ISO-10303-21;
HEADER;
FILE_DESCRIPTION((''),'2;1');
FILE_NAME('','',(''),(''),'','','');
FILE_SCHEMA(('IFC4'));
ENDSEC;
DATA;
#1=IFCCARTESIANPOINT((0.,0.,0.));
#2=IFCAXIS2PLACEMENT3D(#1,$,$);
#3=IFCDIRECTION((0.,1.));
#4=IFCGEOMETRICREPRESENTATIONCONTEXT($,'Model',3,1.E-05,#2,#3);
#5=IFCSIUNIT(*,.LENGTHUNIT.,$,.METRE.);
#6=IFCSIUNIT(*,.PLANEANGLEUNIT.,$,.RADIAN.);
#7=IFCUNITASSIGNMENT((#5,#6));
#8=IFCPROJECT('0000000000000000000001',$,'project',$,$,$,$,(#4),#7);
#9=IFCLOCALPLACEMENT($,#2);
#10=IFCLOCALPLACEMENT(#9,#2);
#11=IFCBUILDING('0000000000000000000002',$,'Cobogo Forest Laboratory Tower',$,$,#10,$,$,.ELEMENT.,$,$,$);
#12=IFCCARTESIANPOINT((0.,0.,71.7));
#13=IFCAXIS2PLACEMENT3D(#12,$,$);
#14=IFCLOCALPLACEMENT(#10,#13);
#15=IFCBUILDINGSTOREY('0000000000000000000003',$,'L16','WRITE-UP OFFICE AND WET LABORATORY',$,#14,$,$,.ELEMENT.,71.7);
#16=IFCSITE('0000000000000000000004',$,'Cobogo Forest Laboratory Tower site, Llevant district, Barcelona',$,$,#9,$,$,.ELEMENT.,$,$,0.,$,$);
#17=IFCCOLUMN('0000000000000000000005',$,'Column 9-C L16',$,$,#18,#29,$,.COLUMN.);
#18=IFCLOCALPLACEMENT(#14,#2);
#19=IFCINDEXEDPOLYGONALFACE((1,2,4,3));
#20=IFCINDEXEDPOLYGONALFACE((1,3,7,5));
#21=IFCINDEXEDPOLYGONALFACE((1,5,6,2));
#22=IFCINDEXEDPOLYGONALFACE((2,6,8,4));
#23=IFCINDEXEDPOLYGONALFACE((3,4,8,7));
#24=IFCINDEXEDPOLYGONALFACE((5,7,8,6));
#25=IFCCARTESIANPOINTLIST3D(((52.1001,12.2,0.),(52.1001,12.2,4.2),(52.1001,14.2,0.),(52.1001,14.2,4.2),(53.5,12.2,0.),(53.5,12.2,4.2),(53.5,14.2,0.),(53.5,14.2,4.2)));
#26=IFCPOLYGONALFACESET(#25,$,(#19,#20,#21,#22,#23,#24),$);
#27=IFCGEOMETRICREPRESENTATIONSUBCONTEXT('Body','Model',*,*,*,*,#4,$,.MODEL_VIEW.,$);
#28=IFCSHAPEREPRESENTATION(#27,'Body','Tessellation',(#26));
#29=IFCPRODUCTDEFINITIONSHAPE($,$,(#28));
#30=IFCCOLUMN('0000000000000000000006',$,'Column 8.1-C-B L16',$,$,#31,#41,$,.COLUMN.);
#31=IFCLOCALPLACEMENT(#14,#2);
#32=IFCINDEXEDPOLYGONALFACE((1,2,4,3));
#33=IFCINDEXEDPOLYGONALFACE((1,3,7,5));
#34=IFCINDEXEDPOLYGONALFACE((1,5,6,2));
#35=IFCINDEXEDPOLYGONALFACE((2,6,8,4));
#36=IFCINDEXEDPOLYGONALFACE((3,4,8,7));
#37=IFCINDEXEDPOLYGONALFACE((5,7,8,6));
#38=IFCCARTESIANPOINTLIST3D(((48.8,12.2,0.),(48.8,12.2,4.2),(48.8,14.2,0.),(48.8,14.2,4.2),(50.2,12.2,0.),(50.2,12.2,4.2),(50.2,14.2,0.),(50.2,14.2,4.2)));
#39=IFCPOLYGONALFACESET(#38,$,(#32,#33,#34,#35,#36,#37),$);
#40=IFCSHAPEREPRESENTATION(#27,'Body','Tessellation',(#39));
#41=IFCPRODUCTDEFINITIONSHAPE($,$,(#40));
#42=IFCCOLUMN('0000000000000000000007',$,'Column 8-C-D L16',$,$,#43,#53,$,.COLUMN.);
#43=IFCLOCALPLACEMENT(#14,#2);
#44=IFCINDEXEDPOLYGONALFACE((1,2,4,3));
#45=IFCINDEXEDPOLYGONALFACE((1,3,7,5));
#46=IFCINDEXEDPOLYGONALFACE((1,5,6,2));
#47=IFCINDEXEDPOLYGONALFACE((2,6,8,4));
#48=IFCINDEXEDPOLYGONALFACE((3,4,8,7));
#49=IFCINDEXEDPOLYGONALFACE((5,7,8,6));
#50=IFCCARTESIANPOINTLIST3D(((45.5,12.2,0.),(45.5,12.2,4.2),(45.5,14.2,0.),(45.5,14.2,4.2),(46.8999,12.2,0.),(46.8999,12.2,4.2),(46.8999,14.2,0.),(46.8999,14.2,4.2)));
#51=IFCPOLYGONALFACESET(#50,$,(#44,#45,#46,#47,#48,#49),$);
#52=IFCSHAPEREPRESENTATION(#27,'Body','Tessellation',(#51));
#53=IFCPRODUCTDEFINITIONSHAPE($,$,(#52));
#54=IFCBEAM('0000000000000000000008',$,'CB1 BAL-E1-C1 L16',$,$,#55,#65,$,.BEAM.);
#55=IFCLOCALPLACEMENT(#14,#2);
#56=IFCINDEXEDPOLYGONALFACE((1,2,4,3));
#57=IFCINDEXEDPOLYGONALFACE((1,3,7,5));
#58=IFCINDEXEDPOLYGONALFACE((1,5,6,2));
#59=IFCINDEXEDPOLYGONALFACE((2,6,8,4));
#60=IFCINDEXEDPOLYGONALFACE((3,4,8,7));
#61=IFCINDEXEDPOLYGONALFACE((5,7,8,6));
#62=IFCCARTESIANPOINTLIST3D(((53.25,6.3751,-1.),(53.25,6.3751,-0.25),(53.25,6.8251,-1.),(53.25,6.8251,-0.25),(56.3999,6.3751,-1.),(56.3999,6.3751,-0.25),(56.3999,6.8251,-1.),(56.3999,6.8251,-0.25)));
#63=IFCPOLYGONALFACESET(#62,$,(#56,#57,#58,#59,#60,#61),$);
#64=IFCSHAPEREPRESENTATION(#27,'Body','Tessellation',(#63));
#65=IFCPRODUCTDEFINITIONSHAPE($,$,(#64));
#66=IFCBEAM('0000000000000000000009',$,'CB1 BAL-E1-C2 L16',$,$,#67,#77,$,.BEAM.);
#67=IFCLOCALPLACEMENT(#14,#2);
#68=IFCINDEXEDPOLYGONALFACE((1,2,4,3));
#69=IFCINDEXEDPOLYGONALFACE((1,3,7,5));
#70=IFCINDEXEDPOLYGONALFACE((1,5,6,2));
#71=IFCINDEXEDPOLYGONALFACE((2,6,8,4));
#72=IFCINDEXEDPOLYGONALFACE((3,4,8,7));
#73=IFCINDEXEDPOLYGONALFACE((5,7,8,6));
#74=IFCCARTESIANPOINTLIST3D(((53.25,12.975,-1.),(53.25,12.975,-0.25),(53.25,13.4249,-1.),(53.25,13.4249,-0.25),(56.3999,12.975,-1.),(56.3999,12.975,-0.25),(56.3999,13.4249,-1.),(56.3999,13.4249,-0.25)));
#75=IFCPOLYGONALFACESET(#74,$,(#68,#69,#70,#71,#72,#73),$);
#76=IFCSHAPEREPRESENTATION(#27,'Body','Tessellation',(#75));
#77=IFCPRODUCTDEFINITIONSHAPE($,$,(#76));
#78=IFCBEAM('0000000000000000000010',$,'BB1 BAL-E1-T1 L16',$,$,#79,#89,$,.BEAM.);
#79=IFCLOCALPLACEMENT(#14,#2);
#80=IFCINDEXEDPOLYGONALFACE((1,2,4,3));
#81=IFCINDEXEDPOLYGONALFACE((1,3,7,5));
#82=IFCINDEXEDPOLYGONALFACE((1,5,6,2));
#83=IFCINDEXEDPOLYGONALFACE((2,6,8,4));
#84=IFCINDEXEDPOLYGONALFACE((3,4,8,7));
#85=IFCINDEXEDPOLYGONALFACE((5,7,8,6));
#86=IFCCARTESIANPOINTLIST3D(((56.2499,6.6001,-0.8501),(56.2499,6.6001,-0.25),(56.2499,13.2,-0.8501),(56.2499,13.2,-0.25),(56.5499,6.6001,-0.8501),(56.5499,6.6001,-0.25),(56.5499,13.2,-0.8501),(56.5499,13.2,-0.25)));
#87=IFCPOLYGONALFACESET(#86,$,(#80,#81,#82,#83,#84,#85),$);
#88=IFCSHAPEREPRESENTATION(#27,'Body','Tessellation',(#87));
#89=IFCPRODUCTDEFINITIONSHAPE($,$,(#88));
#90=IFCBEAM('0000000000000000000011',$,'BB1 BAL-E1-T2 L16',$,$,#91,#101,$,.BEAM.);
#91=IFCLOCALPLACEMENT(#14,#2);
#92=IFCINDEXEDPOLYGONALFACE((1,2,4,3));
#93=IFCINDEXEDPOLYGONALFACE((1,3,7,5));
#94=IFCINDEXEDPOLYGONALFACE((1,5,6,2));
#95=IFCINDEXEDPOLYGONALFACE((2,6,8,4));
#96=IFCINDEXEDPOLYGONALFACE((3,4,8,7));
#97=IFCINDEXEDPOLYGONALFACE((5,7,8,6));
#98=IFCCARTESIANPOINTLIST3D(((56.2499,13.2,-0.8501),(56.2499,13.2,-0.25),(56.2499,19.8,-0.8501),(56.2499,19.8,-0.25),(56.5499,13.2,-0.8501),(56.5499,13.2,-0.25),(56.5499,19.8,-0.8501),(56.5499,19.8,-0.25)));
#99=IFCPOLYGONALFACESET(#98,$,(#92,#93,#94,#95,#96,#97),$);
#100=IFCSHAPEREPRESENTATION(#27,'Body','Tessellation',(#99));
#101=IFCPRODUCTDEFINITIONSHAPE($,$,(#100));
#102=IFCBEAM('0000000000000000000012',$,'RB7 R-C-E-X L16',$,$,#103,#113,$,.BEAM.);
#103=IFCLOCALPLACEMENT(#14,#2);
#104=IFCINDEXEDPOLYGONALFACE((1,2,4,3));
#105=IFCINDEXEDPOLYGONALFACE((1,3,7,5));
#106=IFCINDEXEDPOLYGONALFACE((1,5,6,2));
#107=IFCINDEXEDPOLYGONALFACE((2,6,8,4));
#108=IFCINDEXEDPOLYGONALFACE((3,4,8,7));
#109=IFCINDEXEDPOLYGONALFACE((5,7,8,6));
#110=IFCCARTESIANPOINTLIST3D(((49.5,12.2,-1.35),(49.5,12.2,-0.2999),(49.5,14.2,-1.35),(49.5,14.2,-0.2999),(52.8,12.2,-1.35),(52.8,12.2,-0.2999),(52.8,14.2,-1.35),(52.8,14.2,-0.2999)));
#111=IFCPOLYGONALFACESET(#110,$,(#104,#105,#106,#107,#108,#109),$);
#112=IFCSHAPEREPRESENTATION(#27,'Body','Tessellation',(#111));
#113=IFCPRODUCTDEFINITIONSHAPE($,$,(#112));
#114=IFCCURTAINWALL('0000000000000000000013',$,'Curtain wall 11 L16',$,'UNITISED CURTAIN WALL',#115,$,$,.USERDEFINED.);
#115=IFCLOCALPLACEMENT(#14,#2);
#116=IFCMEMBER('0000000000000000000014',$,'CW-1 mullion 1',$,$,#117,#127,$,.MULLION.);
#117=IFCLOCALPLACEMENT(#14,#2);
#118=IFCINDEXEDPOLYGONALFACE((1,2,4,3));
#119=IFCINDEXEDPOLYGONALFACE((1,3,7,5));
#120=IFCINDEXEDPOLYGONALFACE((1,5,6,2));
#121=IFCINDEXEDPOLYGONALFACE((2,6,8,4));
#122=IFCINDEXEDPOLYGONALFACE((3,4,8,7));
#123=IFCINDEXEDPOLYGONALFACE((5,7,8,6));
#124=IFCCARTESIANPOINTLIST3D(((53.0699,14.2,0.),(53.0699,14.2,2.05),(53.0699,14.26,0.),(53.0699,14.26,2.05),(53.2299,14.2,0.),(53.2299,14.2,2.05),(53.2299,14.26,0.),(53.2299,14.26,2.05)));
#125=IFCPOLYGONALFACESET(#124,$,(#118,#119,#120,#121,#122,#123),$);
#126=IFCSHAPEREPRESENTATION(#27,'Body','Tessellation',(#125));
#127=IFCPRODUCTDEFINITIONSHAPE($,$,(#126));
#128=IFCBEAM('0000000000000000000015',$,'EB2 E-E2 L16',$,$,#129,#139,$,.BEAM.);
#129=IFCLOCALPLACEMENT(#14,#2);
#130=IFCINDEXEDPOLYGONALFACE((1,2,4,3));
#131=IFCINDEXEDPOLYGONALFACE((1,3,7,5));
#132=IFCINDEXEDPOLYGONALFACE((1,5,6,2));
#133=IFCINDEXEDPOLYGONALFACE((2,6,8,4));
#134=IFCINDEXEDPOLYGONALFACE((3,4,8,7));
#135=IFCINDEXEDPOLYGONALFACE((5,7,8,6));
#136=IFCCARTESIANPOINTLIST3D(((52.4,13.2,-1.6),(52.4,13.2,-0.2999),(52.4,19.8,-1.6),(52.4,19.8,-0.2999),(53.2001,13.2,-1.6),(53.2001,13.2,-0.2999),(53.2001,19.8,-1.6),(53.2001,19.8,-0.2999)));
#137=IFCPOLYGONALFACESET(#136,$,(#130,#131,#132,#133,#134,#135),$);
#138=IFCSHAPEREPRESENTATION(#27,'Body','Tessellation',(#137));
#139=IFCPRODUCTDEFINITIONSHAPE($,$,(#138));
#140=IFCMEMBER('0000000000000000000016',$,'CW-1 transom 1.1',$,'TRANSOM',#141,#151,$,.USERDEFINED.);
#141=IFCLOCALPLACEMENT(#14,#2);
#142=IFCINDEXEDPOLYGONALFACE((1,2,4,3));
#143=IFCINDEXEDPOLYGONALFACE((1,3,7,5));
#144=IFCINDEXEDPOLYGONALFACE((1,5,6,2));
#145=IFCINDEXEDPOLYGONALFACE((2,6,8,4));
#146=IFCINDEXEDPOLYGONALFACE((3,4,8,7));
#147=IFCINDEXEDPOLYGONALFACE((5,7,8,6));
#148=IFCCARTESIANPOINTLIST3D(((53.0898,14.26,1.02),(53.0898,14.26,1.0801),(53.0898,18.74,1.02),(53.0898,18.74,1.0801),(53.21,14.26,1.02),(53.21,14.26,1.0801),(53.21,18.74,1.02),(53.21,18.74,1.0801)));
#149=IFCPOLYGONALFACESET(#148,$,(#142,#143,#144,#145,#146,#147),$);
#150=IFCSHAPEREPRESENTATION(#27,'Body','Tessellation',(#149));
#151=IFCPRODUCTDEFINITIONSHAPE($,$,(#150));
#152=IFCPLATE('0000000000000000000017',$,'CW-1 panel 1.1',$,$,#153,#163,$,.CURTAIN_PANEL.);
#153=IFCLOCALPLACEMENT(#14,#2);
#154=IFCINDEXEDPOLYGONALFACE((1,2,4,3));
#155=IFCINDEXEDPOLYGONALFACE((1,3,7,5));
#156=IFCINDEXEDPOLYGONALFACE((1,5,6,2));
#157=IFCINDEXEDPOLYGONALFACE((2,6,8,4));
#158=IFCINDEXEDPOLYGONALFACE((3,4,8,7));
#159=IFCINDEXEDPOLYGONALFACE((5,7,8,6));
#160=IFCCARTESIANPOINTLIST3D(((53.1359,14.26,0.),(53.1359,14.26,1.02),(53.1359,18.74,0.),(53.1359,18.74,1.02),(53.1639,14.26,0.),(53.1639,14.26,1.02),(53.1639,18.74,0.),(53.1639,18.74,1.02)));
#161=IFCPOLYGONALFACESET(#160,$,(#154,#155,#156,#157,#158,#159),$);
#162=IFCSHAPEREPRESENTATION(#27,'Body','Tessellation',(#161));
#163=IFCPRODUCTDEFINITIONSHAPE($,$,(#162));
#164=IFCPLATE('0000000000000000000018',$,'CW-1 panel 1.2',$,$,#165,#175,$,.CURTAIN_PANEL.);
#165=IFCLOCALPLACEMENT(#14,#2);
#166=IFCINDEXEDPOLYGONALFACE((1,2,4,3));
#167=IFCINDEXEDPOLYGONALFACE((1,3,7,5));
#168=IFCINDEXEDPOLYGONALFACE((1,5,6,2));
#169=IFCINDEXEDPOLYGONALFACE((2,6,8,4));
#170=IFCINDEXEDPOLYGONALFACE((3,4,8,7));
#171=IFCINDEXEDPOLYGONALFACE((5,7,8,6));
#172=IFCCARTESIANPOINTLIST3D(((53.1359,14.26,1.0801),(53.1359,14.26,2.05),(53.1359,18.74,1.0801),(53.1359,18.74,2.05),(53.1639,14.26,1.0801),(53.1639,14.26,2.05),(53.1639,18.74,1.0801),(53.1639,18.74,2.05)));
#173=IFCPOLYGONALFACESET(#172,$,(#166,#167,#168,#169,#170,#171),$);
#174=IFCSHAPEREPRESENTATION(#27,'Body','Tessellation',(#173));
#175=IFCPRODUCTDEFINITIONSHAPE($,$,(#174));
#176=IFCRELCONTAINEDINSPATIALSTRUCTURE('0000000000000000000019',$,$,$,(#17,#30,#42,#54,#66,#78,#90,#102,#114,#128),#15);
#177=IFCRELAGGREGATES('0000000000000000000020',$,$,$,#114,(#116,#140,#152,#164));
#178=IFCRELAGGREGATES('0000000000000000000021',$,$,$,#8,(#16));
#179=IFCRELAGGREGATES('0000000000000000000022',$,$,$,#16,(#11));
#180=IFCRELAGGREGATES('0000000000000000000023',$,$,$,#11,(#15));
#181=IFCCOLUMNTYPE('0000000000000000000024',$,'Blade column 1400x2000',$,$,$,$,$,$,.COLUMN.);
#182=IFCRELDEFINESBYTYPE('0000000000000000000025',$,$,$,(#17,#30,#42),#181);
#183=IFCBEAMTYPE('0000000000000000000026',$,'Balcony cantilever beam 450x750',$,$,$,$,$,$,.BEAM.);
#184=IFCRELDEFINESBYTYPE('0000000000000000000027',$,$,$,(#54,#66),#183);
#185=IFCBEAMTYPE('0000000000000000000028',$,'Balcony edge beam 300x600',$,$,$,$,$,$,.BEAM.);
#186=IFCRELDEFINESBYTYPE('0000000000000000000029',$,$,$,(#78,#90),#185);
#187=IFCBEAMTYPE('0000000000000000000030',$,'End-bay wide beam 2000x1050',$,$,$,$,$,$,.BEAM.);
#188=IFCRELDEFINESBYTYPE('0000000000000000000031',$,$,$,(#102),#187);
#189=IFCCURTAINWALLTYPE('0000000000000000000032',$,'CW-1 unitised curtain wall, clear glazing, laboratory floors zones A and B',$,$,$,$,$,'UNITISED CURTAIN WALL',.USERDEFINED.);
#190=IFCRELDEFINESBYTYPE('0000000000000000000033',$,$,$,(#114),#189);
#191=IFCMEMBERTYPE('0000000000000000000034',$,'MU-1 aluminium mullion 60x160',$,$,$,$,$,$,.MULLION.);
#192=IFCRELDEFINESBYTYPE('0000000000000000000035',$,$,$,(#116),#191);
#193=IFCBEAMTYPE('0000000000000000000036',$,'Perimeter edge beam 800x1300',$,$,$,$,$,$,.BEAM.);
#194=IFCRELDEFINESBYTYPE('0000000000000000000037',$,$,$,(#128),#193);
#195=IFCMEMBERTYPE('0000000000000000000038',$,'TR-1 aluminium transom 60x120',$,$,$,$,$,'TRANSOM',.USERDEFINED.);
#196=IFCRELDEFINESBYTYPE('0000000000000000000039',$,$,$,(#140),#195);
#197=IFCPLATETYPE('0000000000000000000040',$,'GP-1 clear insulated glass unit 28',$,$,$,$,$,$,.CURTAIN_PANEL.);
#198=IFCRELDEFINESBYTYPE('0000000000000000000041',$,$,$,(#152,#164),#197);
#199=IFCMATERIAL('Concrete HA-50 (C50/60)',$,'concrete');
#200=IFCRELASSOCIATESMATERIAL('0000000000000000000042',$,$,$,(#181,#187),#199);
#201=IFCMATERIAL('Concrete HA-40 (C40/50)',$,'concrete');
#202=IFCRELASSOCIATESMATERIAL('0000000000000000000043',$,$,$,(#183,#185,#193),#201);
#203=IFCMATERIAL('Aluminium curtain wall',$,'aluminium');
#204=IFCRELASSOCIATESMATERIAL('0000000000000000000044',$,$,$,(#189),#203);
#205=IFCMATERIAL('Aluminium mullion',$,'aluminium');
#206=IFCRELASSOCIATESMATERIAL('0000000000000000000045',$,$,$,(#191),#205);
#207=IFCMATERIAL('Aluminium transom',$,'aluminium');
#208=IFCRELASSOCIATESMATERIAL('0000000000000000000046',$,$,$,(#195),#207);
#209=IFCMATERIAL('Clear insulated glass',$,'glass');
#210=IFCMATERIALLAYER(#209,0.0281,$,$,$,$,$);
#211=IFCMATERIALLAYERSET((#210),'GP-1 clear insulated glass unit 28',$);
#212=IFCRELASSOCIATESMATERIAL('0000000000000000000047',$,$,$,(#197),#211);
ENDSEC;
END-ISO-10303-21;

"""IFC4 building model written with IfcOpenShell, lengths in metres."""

from ifc_helpers import new_model, si_unit, direction, frame, origin, origin_2d, place, context, subcontext, project, spatial, rectangle, extrude, material, layer, layer_set, material_profile, profile_set, type_object, element, aggregate, save


model = new_model("IFC4")

# Units and contexts
model_context = context("Model", 3, precision=1e-05, world=origin(), true_north=direction((0.0, 1.0)))
body_context = subcontext(model_context, "Body", "Model", "MODEL_VIEW")
ifc_project = project(units=[si_unit("LENGTHUNIT", "METRE"), si_unit("PLANEANGLEUNIT", "RADIAN")], contexts=[model_context])

# Site, building, storey
site_placement = place(None, origin())
site = spatial("IfcSite", under=ifc_project, at=site_placement, Name="Cobogo Forest Laboratory Tower site, Llevant district, Barcelona", CompositionType="ELEMENT", RefElevation=0.0)
building_placement = place(site_placement, origin())
building = spatial("IfcBuilding", under=site, at=building_placement, Name="Cobogo Forest Laboratory Tower", CompositionType="ELEMENT")
storey_placement = place(building_placement, frame((0.0, 0.0, 71.7)))
storey = spatial("IfcBuildingStorey", under=building, at=storey_placement, Name="L16", Description="WRITE-UP OFFICE AND WET LABORATORY", CompositionType="ELEMENT", Elevation=71.7)

# Columns
ifc_material_1 = material(Name="Concrete HA-50 (C50/60)", Category="concrete")
ifc_material_profile_1 = material_profile(ifc_material_1, rectangle(XDim=2.0, YDim=1.3999, at=origin_2d()), Name="RC 1400x2000")
ifc_profile_set_1 = profile_set([ifc_material_profile_1], Name="Concrete HA-50 (C50/60)")
column_type = type_object("IfcColumnType", Name="Blade column 1400x2000", PredefinedType="COLUMN", material=ifc_profile_set_1)
for number, where, z_axis, x_axis, name in (
    (1, (52.8, 13.2, 0.0), (0.0, 0.0, 1.0), (0.0, 1.0, 0.0), "Column 9-C L16"),
    (2, (49.5, 13.2, 0.0), (0.0, 0.0, 1.0), (0.0, 1.0, 0.0), "Column 8.1-C-B L16"),
    (3, (46.2, 13.2, 0.0), (0.0, 0.0, 1.0), (0.0, 1.0, 0.0), "Column 8-C-D L16"),
):
    element("IfcColumn", number, at=place(storey_placement, frame(where, z_axis=z_axis, x_axis=x_axis)), inside=storey, type_object=column_type, Name=name, PredefinedType="COLUMN", context=body_context, shape_type="SweptSolid", body=[
        extrude(rectangle(XDim=2.0, YDim=1.3999, at=origin_2d()), origin(), (0.0, 0.0, 1.0), 4.2),
    ])

# Beams
ifc_material_2 = material(Name="Concrete HA-40 (C40/50)", Category="concrete")
ifc_material_profile_2 = material_profile(ifc_material_2, rectangle(XDim=0.45, YDim=0.75, at=origin_2d()), Name="RC 450x750")
ifc_profile_set_2 = profile_set([ifc_material_profile_2], Name="Concrete HA-40 (C40/50)")
beam_type_1 = type_object("IfcBeamType", Name="Balcony cantilever beam 450x750", PredefinedType="BEAM", material=ifc_profile_set_2)
for number, where, z_axis, x_axis, name in (
    (4, (53.25, 6.6001, -0.625), (1.0, 0.0, 0.0), (0.0, 1.0, 0.0), "CB1 BAL-E1-C1 L16"),
    (5, (53.25, 13.2, -0.625), (1.0, 0.0, 0.0), (0.0, 1.0, 0.0), "CB1 BAL-E1-C2 L16"),
):
    element("IfcBeam", number, at=place(storey_placement, frame(where, z_axis=z_axis, x_axis=x_axis)), inside=storey, type_object=beam_type_1, Name=name, PredefinedType="BEAM", context=body_context, shape_type="SweptSolid", body=[
        extrude(rectangle(XDim=0.45, YDim=0.75, at=origin_2d()), origin(), (0.0, 0.0, 1.0), 3.1499),
    ])
ifc_material_profile_3 = material_profile(ifc_material_2, rectangle(XDim=0.3, YDim=0.6001, at=origin_2d()), Name="RC 300x600")
ifc_profile_set_3 = profile_set([ifc_material_profile_3], Name="Concrete HA-40 (C40/50)")
beam_type_2 = type_object("IfcBeamType", Name="Balcony edge beam 300x600", PredefinedType="BEAM", material=ifc_profile_set_3)
beam_1_placement = place(storey_placement, frame((56.3999, 6.6001, -0.55), z_axis=(0.0, 1.0, 0.0), x_axis=(-1.0, 0.0, 0.0)))
element("IfcBeam", 6, at=beam_1_placement, inside=storey, type_object=beam_type_2, Name="BB1 BAL-E1-T1 L16", PredefinedType="BEAM", context=body_context, shape_type="SweptSolid", body=[
    extrude(rectangle(XDim=0.3, YDim=0.6001, at=origin_2d()), origin(), (0.0, 0.0, 1.0), 6.5999),
])
beam_2_placement = place(storey_placement, frame((56.3999, 13.2, -0.55), z_axis=(0.0, 1.0, 0.0), x_axis=(-1.0, 0.0, 0.0)))
element("IfcBeam", 7, at=beam_2_placement, inside=storey, type_object=beam_type_2, Name="BB1 BAL-E1-T2 L16", PredefinedType="BEAM", context=body_context, shape_type="SweptSolid", body=[
    extrude(rectangle(XDim=0.3, YDim=0.6001, at=origin_2d()), origin(), (0.0, 0.0, 1.0), 6.6001),
])
ifc_material_profile_4 = material_profile(ifc_material_1, rectangle(XDim=2.0, YDim=1.05, at=origin_2d()), Name="RC 2000x1050")
ifc_profile_set_4 = profile_set([ifc_material_profile_4], Name="Concrete HA-50 (C50/60)")
beam_type_3 = type_object("IfcBeamType", Name="End-bay wide beam 2000x1050", PredefinedType="BEAM", material=ifc_profile_set_4)
beam_3_placement = place(storey_placement, frame((52.8, 13.2, -0.825), z_axis=(-1.0, 0.0, 0.0), x_axis=(0.0, -1.0, 0.0)))
element("IfcBeam", 8, at=beam_3_placement, inside=storey, type_object=beam_type_3, Name="RB7 R-C-E-X L16", PredefinedType="BEAM", context=body_context, shape_type="SweptSolid", body=[
    extrude(rectangle(XDim=2.0, YDim=1.05, at=origin_2d()), origin(), (0.0, 0.0, 1.0), 3.3),
])

# Curtain wall, member
ifc_material_3 = material(Name="Aluminium curtain wall", Category="aluminium")
curtain_wall_type = type_object("IfcCurtainWallType", Name="CW-1 unitised curtain wall, clear glazing, laboratory floors zones A and B", ElementType="UNITISED CURTAIN WALL", PredefinedType="USERDEFINED", material=ifc_material_3)
curtain_wall_placement = place(storey_placement, origin())
curtain_wall = element("IfcCurtainWall", 9, at=curtain_wall_placement, inside=storey, type_object=curtain_wall_type, Name="Curtain wall 11 L16", ObjectType="UNITISED CURTAIN WALL", PredefinedType="USERDEFINED")
ifc_material_4 = material(Name="Aluminium mullion", Category="aluminium")
ifc_material_profile_5 = material_profile(ifc_material_4, rectangle(XDim=0.0601, YDim=0.1599, at=origin_2d()), Name="AL 60x160")
ifc_profile_set_5 = profile_set([ifc_material_profile_5], Name="Aluminium mullion")
member_type_1 = type_object("IfcMemberType", Name="MU-1 aluminium mullion 60x160", PredefinedType="MULLION", material=ifc_profile_set_5)
member_1_placement = place(storey_placement, frame((53.1499, 14.23, 0.0), z_axis=(0.0, 0.0, 1.0), x_axis=(0.0, 1.0, 0.0)))
member_1 = element("IfcMember", 10, at=member_1_placement, type_object=member_type_1, Name="CW-1 mullion 1", PredefinedType="MULLION", context=body_context, shape_type="SweptSolid", body=[
    extrude(rectangle(XDim=0.0601, YDim=0.1599, at=origin_2d()), origin(), (0.0, 0.0, 1.0), 2.05),
])

# Beam
ifc_material_profile_6 = material_profile(ifc_material_2, rectangle(XDim=0.8, YDim=1.3, at=origin_2d()), Name="RC 800x1300")
ifc_profile_set_6 = profile_set([ifc_material_profile_6], Name="Concrete HA-40 (C40/50)")
beam_type_4 = type_object("IfcBeamType", Name="Perimeter edge beam 800x1300", PredefinedType="BEAM", material=ifc_profile_set_6)
beam_4_placement = place(storey_placement, frame((52.8, 13.2, -0.95), z_axis=(0.0, 1.0, 0.0), x_axis=(-1.0, 0.0, 0.0)))
element("IfcBeam", 11, at=beam_4_placement, inside=storey, type_object=beam_type_4, Name="EB2 E-E2 L16", PredefinedType="BEAM", context=body_context, shape_type="SweptSolid", body=[
    extrude(rectangle(XDim=0.8, YDim=1.3, at=origin_2d()), origin(), (0.0, 0.0, 1.0), 6.6001),
])

# Member
ifc_material_5 = material(Name="Aluminium transom", Category="aluminium")
ifc_material_profile_7 = material_profile(ifc_material_5, rectangle(XDim=0.1201, YDim=0.0601, at=origin_2d()), Name="AL 60x120")
ifc_profile_set_7 = profile_set([ifc_material_profile_7], Name="Aluminium transom")
member_type_2 = type_object("IfcMemberType", Name="TR-1 aluminium transom 60x120", ElementType="TRANSOM", PredefinedType="USERDEFINED", material=ifc_profile_set_7)
member_2_placement = place(storey_placement, frame((53.1499, 14.26, 1.05), z_axis=(0.0, 1.0, 0.0), x_axis=(-1.0, 0.0, 0.0)))
member_2 = element("IfcMember", 12, at=member_2_placement, type_object=member_type_2, Name="CW-1 transom 1.1", ObjectType="TRANSOM", PredefinedType="USERDEFINED", context=body_context, shape_type="SweptSolid", body=[
    extrude(rectangle(XDim=0.1201, YDim=0.0601, at=origin_2d()), origin(), (0.0, 0.0, 1.0), 4.48),
])

# Plates
ifc_material_6 = material(Name="Clear insulated glass", Category="glass")
ifc_layer_1 = layer(ifc_material_6, 0.0281)
ifc_layer_set_1 = layer_set([ifc_layer_1], Name="GP-1 clear insulated glass unit 28")
plate_type = type_object("IfcPlateType", Name="GP-1 clear insulated glass unit 28", PredefinedType="CURTAIN_PANEL", material=ifc_layer_set_1)
plate_1_placement = place(storey_placement, frame((53.1499, 16.5, 0.0), z_axis=(0.0, 0.0, 1.0), x_axis=(0.0, 1.0, 0.0)))
plate_1 = element("IfcPlate", 13, at=plate_1_placement, type_object=plate_type, Name="CW-1 panel 1.1", PredefinedType="CURTAIN_PANEL", context=body_context, shape_type="SweptSolid", body=[
    extrude(rectangle(XDim=4.48, YDim=0.0281, at=origin_2d()), origin(), (0.0, 0.0, 1.0), 1.02),
])
plate_2_placement = place(storey_placement, frame((53.1499, 16.5, 1.0801), z_axis=(0.0, 0.0, 1.0), x_axis=(0.0, 1.0, 0.0)))
plate_2 = element("IfcPlate", 14, at=plate_2_placement, type_object=plate_type, Name="CW-1 panel 1.2", PredefinedType="CURTAIN_PANEL", context=body_context, shape_type="SweptSolid", body=[
    extrude(rectangle(XDim=4.48, YDim=0.0281, at=origin_2d()), origin(), (0.0, 0.0, 1.0), 0.97),
])
aggregate(curtain_wall, [member_1, member_2, plate_1, plate_2])

save(model, "model.ifc")
